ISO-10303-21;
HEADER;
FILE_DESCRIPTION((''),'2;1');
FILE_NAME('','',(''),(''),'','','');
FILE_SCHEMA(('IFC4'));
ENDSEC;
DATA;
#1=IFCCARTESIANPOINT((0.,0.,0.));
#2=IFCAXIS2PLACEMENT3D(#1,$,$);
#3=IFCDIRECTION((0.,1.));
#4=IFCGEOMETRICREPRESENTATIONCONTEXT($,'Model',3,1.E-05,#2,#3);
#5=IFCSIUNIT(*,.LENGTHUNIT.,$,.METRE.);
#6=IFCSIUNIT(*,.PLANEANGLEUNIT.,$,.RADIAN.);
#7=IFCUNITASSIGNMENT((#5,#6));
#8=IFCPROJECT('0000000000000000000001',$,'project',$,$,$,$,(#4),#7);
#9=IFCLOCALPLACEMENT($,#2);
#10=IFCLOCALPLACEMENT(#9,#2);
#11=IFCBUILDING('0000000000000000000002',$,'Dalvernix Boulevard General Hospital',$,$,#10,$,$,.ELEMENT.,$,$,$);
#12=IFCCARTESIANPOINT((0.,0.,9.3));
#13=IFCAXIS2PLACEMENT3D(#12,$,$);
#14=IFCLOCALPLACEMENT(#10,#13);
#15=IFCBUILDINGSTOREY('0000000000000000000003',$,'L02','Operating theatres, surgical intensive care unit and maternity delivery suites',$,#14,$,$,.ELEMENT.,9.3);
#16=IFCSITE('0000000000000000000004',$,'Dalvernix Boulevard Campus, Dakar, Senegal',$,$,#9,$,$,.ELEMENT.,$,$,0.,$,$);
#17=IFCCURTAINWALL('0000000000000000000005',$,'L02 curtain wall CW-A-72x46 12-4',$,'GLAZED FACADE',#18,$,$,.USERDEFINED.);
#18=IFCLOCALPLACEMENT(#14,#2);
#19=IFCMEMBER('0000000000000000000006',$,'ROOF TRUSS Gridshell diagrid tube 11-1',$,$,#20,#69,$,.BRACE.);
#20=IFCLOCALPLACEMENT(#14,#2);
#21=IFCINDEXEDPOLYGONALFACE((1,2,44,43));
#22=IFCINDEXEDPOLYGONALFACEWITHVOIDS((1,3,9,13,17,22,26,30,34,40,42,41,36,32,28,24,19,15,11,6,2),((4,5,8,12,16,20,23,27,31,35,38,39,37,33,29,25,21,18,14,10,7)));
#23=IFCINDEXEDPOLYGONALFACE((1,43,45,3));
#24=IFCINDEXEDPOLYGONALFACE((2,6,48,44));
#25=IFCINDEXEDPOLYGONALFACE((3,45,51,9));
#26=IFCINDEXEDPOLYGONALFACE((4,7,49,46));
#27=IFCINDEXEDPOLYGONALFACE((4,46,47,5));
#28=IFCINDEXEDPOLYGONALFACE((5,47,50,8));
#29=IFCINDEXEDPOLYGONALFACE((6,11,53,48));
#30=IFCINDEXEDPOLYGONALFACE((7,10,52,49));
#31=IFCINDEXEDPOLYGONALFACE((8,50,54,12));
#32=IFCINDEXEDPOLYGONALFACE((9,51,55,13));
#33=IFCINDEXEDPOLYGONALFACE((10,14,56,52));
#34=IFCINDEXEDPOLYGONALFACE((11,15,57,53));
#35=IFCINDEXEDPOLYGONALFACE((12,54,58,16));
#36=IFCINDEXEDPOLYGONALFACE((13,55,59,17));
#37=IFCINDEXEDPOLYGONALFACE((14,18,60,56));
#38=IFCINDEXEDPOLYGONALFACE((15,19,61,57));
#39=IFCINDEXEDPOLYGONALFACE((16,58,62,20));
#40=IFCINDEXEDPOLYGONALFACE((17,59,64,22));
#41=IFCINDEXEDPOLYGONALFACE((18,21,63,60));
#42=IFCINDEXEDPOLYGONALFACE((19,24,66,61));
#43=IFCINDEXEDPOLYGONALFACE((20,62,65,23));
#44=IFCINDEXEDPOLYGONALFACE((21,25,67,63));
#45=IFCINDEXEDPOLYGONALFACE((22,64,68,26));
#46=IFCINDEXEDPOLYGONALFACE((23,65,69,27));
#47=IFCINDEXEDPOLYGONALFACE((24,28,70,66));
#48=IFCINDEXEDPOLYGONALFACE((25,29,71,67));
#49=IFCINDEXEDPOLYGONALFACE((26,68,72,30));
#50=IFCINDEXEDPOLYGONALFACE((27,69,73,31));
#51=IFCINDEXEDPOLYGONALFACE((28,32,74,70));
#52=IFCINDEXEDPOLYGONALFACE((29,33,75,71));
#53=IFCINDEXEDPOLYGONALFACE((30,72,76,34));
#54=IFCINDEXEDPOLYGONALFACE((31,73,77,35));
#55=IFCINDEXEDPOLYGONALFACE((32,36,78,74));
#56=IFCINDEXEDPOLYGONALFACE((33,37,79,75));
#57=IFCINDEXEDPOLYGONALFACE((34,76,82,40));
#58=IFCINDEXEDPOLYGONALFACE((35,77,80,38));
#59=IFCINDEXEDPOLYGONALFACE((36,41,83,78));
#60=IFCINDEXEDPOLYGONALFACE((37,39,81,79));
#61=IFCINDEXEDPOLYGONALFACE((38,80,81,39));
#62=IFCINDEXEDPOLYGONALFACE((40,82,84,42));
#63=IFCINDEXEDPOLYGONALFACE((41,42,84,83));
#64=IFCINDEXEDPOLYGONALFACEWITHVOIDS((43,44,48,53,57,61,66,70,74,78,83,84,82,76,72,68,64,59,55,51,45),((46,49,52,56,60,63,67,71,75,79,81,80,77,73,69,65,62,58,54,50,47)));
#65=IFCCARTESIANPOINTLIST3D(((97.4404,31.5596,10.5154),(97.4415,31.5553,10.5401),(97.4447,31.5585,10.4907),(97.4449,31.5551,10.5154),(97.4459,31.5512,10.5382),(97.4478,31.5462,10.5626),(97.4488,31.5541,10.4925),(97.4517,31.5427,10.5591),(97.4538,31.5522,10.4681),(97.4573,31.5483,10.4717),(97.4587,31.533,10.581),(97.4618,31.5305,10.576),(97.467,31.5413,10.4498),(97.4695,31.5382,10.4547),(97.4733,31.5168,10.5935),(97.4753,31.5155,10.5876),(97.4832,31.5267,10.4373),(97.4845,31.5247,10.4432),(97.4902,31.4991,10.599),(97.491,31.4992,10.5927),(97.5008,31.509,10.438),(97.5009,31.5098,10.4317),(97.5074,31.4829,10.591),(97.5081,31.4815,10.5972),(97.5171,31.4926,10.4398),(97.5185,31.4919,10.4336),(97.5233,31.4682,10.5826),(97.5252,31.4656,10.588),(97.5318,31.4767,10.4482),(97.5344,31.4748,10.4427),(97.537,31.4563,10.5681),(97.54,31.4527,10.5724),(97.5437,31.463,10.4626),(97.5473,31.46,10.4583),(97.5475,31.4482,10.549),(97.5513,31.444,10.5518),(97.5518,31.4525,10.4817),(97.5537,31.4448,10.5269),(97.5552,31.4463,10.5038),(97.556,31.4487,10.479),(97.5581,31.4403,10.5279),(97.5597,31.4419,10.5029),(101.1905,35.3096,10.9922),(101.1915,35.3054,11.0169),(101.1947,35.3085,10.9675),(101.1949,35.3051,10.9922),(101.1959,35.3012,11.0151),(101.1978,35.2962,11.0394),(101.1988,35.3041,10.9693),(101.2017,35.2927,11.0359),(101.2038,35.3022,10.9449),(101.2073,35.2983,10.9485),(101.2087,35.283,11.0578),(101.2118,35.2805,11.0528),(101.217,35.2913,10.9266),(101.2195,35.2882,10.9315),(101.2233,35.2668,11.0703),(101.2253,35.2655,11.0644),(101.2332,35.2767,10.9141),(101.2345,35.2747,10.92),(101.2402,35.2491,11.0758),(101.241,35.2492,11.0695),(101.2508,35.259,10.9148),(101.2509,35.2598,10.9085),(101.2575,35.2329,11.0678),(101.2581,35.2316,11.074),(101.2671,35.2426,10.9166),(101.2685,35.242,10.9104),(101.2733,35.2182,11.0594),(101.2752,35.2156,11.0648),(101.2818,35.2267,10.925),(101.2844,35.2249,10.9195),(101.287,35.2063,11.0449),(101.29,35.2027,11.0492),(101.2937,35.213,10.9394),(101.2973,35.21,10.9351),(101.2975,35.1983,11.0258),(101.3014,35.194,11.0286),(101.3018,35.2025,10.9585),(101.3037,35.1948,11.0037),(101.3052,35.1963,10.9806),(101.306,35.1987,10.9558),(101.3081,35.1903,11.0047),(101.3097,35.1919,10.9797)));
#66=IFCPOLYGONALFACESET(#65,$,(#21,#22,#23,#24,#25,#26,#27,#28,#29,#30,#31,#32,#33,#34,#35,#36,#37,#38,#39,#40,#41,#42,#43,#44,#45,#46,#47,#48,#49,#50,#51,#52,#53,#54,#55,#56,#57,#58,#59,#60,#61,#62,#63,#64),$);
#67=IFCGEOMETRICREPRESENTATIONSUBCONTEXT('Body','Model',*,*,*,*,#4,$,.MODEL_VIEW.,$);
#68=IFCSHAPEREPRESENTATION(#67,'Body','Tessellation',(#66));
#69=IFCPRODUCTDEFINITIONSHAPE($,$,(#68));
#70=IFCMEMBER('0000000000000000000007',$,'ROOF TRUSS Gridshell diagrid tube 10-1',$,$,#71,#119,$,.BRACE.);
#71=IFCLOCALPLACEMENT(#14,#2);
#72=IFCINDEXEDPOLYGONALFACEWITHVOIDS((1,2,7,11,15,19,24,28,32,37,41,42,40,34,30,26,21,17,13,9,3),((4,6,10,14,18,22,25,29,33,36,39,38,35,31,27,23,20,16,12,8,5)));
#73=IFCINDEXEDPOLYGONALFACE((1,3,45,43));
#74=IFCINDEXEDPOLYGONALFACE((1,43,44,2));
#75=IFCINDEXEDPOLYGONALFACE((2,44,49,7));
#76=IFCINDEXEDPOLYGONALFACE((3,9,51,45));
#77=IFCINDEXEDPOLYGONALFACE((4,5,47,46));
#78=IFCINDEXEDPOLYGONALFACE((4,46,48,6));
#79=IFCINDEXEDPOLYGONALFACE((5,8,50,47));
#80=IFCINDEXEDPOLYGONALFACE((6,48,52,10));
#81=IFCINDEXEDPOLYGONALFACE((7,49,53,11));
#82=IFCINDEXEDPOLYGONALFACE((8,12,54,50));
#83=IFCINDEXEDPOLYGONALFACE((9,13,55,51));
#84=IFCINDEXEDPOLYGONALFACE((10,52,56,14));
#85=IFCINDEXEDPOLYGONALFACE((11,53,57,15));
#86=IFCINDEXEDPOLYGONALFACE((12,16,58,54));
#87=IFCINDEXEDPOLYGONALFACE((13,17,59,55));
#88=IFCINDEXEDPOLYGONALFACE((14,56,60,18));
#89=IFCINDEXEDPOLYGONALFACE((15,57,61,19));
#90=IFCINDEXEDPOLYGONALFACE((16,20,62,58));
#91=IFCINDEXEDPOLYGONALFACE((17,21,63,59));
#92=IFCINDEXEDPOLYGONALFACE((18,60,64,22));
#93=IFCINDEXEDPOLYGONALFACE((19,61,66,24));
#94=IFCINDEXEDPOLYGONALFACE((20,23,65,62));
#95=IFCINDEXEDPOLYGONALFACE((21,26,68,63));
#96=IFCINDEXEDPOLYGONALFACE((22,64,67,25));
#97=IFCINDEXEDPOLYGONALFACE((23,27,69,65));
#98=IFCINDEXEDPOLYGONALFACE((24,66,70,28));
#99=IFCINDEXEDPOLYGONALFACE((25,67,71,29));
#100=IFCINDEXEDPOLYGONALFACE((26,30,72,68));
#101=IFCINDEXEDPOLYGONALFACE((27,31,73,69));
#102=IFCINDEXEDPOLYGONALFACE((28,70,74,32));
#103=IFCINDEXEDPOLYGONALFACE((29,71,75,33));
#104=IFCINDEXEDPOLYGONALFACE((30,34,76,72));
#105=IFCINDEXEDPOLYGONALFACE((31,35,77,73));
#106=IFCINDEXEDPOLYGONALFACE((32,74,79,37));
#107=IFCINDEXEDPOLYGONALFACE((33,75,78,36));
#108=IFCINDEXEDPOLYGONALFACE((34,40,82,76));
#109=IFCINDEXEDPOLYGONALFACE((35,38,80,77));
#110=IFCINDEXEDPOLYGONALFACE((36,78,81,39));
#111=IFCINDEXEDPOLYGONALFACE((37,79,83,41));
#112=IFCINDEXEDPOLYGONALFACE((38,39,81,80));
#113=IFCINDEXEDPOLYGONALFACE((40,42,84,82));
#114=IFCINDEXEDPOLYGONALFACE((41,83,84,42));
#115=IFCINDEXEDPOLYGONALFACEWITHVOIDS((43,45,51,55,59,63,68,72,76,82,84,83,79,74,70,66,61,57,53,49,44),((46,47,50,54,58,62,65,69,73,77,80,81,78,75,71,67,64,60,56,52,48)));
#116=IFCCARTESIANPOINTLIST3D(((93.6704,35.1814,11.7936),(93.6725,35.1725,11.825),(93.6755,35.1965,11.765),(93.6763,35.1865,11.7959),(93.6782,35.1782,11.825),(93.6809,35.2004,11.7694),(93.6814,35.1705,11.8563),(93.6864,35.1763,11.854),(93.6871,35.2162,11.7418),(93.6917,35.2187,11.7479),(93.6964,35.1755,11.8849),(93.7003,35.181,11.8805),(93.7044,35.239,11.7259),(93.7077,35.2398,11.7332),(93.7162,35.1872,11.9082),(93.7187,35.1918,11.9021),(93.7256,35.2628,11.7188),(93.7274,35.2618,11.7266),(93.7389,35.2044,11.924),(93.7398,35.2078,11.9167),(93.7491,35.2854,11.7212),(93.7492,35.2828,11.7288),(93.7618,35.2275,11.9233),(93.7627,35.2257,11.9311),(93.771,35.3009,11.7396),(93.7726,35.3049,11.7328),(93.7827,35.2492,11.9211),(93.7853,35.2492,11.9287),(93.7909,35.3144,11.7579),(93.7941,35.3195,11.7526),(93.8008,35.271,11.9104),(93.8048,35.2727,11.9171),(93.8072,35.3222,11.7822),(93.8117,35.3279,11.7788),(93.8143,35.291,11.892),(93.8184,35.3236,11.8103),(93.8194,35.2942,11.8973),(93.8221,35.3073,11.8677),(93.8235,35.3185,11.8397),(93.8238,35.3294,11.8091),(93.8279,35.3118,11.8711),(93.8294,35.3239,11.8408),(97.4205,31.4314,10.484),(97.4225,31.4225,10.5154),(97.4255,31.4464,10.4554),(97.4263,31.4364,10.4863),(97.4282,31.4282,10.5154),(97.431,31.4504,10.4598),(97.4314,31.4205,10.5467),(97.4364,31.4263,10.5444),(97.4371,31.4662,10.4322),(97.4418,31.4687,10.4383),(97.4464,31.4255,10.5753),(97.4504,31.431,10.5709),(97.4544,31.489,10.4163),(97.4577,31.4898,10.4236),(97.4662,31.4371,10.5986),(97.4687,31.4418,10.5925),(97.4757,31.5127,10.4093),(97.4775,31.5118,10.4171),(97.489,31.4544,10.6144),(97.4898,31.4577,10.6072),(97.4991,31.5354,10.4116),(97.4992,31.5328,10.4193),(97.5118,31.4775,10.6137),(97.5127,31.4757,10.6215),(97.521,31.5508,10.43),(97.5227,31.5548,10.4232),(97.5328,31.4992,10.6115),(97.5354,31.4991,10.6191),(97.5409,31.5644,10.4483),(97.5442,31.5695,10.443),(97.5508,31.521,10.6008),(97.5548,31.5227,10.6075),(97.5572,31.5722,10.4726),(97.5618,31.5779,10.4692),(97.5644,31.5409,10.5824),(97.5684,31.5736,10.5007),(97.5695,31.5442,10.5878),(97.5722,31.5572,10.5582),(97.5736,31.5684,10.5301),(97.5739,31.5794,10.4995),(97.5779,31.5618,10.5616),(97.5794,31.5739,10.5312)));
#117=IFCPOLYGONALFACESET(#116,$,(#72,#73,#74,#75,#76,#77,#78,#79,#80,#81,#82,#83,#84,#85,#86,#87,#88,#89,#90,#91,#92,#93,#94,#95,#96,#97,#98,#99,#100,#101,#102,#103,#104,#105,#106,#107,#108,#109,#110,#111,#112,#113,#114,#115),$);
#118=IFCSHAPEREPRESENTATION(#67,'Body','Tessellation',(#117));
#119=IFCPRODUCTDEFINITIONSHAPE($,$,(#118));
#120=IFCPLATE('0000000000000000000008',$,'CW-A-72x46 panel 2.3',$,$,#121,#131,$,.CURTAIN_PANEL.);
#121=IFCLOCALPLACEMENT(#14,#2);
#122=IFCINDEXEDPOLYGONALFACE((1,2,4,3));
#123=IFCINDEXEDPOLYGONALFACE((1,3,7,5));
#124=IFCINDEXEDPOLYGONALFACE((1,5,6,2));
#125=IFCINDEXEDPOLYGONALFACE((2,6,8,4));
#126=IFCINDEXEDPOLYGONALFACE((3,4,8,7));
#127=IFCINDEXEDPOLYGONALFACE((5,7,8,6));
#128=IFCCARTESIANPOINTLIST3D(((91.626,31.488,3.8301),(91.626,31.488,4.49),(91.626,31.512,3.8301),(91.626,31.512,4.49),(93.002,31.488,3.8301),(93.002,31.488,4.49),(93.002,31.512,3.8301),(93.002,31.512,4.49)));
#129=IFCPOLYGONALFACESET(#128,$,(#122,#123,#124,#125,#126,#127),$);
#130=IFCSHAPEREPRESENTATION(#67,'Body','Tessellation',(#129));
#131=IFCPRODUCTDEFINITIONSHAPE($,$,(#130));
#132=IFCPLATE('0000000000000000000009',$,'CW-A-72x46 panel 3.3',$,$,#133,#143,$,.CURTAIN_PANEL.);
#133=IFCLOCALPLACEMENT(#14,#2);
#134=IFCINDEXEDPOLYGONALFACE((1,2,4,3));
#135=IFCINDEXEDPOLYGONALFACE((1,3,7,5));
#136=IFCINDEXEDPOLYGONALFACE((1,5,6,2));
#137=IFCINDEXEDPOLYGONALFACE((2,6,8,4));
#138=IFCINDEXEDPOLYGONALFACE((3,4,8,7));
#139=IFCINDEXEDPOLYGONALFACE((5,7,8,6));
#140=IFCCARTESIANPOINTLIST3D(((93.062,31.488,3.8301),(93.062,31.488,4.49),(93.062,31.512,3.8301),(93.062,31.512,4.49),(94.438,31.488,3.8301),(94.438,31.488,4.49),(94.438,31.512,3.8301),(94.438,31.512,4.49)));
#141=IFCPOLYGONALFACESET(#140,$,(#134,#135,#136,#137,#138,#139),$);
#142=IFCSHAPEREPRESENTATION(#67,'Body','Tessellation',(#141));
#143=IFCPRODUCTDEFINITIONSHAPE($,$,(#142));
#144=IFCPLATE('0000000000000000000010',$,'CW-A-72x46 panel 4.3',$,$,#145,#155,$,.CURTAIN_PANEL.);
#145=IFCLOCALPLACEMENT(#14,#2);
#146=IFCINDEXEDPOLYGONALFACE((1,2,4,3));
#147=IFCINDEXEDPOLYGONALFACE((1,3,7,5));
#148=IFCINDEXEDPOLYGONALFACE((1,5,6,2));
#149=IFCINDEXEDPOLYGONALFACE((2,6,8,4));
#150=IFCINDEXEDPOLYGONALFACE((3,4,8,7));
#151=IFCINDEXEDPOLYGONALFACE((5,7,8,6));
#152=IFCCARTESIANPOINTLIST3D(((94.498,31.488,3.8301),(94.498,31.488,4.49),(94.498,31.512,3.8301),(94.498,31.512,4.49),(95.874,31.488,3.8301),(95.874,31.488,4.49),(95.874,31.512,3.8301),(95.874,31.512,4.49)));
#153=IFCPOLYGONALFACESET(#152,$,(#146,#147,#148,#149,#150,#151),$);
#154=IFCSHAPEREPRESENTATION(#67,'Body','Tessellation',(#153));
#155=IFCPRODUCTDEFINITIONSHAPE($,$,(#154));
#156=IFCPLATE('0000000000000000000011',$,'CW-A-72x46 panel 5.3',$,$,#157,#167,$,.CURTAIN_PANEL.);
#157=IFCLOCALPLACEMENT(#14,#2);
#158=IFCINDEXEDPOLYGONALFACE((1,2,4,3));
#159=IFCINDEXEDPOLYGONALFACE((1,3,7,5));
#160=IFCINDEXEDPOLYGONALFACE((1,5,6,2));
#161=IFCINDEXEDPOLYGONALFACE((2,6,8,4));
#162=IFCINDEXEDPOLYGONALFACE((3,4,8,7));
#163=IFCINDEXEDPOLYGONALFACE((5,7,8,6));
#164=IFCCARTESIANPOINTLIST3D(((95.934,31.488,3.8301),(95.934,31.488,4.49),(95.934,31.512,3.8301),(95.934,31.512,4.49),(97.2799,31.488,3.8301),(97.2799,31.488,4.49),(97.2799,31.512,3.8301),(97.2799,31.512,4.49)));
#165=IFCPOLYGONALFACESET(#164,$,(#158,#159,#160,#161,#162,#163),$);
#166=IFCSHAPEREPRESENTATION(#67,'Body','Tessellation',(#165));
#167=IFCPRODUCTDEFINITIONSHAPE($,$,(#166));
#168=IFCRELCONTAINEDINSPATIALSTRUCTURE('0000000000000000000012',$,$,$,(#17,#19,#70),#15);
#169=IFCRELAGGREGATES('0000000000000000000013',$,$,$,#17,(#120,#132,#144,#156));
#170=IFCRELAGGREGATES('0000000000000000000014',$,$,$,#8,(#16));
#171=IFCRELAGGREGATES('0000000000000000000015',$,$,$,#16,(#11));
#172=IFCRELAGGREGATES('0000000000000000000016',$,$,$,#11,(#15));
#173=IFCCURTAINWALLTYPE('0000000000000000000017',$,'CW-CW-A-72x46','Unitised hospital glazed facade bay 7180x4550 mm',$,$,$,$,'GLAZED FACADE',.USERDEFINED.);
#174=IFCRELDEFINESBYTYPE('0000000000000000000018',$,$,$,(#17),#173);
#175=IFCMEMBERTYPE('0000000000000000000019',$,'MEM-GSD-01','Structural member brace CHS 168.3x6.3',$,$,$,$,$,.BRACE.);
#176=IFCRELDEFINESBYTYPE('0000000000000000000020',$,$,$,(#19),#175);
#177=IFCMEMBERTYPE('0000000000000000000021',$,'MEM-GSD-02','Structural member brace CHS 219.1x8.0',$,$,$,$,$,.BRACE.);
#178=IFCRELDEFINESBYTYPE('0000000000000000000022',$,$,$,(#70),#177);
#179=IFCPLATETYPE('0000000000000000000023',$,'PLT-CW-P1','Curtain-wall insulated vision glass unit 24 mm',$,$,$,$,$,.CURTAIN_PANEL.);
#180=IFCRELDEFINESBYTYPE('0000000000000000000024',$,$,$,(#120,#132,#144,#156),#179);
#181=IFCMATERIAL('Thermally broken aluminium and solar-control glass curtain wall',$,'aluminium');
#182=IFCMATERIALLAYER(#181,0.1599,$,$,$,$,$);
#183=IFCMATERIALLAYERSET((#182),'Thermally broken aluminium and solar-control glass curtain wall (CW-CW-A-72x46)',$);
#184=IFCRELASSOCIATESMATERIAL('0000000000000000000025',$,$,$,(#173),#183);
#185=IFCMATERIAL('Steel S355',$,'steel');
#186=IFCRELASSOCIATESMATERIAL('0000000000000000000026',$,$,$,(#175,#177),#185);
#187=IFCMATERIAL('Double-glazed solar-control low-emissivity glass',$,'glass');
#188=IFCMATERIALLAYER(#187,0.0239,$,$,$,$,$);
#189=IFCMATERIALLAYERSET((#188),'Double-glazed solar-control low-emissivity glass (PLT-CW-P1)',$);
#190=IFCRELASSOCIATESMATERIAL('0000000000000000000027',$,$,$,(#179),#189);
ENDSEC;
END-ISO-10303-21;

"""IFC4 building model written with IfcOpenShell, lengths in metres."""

from ifc_helpers import new_model, si_unit, direction, frame, origin, origin_2d, place, context, subcontext, project, spatial, rectangle, hollow_circle, extrude, material, layer, layer_set, material_profile, profile_set, type_object, element, aggregate, save


model = new_model("IFC4")

# Units and contexts
model_context = context("Model", 3, precision=1e-05, world=origin(), true_north=direction((0.0, 1.0)))
body_context = subcontext(model_context, "Body", "Model", "MODEL_VIEW")
ifc_project = project(units=[si_unit("LENGTHUNIT", "METRE"), si_unit("PLANEANGLEUNIT", "RADIAN")], contexts=[model_context])

# Site, building, storey
site_placement = place(None, origin())
site = spatial("IfcSite", under=ifc_project, at=site_placement, Name="Dalvernix Boulevard Campus, Dakar, Senegal", CompositionType="ELEMENT", RefElevation=0.0)
building_placement = place(site_placement, origin())
building = spatial("IfcBuilding", under=site, at=building_placement, Name="Dalvernix Boulevard General Hospital", CompositionType="ELEMENT")
storey_placement = place(building_placement, frame((0.0, 0.0, 9.3)))
storey = spatial("IfcBuildingStorey", under=building, at=storey_placement, Name="L02", Description="Operating theatres, surgical intensive care unit and maternity delivery suites", CompositionType="ELEMENT", Elevation=9.3)

# Shared definitions
ifc_material_1 = material(Name="Steel S355", Category="steel")

# Curtain wall
ifc_material_2 = material(Name="Thermally broken aluminium and solar-control glass curtain wall", Category="aluminium")
ifc_layer_1 = layer(ifc_material_2, 0.1599)
ifc_layer_set_1 = layer_set([ifc_layer_1], Name="Thermally broken aluminium and solar-control glass curtain wall (CW-CW-A-72x46)")
curtain_wall_type_1 = type_object("IfcCurtainWallType", Name="CW-CW-A-72x46", Description="Unitised hospital glazed facade bay 7180x4550 mm", ElementType="GLAZED FACADE", PredefinedType="USERDEFINED", material=ifc_layer_set_1)
curtain_wall_1_placement = place(storey_placement, origin())
curtain_wall_1 = element("IfcCurtainWall", 1, at=curtain_wall_1_placement, inside=storey, type_object=curtain_wall_type_1, Name="L02 curtain wall CW-A-72x46 12-4", ObjectType="GLAZED FACADE", PredefinedType="USERDEFINED")

# Members
ifc_material_profile_1 = material_profile(ifc_material_1, hollow_circle(Radius=0.0842, WallThickness=0.0063, at=origin_2d()), Name="CHS 168.3x6.3")
ifc_profile_set_1 = profile_set([ifc_material_profile_1], Name="Steel S355")
member_type_1 = type_object("IfcMemberType", Name="MEM-GSD-01", Description="Structural member brace CHS 168.3x6.3", PredefinedType="BRACE", material=ifc_profile_set_1)
member_1_placement = place(storey_placement, frame((97.5, 31.5, 10.5154), z_axis=(0.704266, 0.704266, 0.089546), x_axis=(-0.707107, 0.707107, 0.0)))
element("IfcMember", 2, at=member_1_placement, inside=storey, type_object=member_type_1, Name="ROOF TRUSS Gridshell diagrid tube 11-1", PredefinedType="BRACE", context=body_context, shape_type="SweptSolid", body=[
    extrude(hollow_circle(Radius=0.0842, WallThickness=0.0063, at=origin_2d()), origin(), (0.0, 0.0, 1.0), 5.3247),
])
ifc_material_profile_2 = material_profile(ifc_material_1, hollow_circle(Radius=0.1096, WallThickness=0.0081, at=origin_2d()), Name="CHS 219.1x8.0")
ifc_profile_set_2 = profile_set([ifc_material_profile_2], Name="Steel S355")
member_type_2 = type_object("IfcMemberType", Name="MEM-GSD-02", Description="Structural member brace CHS 219.1x8.0", PredefinedType="BRACE", material=ifc_profile_set_2)
member_2_placement = place(storey_placement, frame((97.5, 31.5, 10.5154), z_axis=(-0.686487, 0.686487, 0.239734), x_axis=(-0.707107, -0.707107, 0.0)))
element("IfcMember", 3, at=member_2_placement, inside=storey, type_object=member_type_2, Name="ROOF TRUSS Gridshell diagrid tube 10-1", PredefinedType="BRACE", context=body_context, shape_type="SweptSolid", body=[
    extrude(hollow_circle(Radius=0.1096, WallThickness=0.0081, at=origin_2d()), origin(), (0.0, 0.0, 1.0), 5.4626),
])

# Plates
ifc_material_3 = material(Name="Double-glazed solar-control low-emissivity glass", Category="glass")
ifc_layer_2 = layer(ifc_material_3, 0.0239)
ifc_layer_set_2 = layer_set([ifc_layer_2], Name="Double-glazed solar-control low-emissivity glass (PLT-CW-P1)")
plate_type = type_object("IfcPlateType", Name="PLT-CW-P1", Description="Curtain-wall insulated vision glass unit 24 mm", PredefinedType="CURTAIN_PANEL", material=ifc_layer_set_2)
plate_1_placement = place(storey_placement, frame((92.314, 31.5, 3.8301), z_axis=(0.0, 0.0, 1.0), x_axis=(1.0, 0.0, 0.0)))
plate_1 = element("IfcPlate", 4, at=plate_1_placement, type_object=plate_type, Name="CW-A-72x46 panel 2.3", PredefinedType="CURTAIN_PANEL", context=body_context, shape_type="SweptSolid", body=[
    extrude(rectangle(XDim=1.376, YDim=0.0239, at=origin_2d()), origin(), (0.0, 0.0, 1.0), 0.6599),
])
plate_2_placement = place(storey_placement, frame((93.75, 31.5, 3.8301), z_axis=(0.0, 0.0, 1.0), x_axis=(1.0, 0.0, 0.0)))
plate_2 = element("IfcPlate", 5, at=plate_2_placement, type_object=plate_type, Name="CW-A-72x46 panel 3.3", PredefinedType="CURTAIN_PANEL", context=body_context, shape_type="SweptSolid", body=[
    extrude(rectangle(XDim=1.376, YDim=0.0239, at=origin_2d()), origin(), (0.0, 0.0, 1.0), 0.6599),
])
plate_3_placement = place(storey_placement, frame((95.186, 31.5, 3.8301), z_axis=(0.0, 0.0, 1.0), x_axis=(1.0, 0.0, 0.0)))
plate_3 = element("IfcPlate", 6, at=plate_3_placement, type_object=plate_type, Name="CW-A-72x46 panel 4.3", PredefinedType="CURTAIN_PANEL", context=body_context, shape_type="SweptSolid", body=[
    extrude(rectangle(XDim=1.376, YDim=0.0239, at=origin_2d()), origin(), (0.0, 0.0, 1.0), 0.6599),
])
plate_4_placement = place(storey_placement, frame((96.6069, 31.5, 3.8301), z_axis=(0.0, 0.0, 1.0), x_axis=(1.0, 0.0, 0.0)))
plate_4 = element("IfcPlate", 7, at=plate_4_placement, type_object=plate_type, Name="CW-A-72x46 panel 5.3", PredefinedType="CURTAIN_PANEL", context=body_context, shape_type="SweptSolid", body=[
    extrude(rectangle(XDim=1.3459, YDim=0.0239, at=origin_2d()), origin(), (0.0, 0.0, 1.0), 0.6599),
])
aggregate(curtain_wall_1, [plate_1, plate_2, plate_3, plate_4])

save(model, "model.ifc")
